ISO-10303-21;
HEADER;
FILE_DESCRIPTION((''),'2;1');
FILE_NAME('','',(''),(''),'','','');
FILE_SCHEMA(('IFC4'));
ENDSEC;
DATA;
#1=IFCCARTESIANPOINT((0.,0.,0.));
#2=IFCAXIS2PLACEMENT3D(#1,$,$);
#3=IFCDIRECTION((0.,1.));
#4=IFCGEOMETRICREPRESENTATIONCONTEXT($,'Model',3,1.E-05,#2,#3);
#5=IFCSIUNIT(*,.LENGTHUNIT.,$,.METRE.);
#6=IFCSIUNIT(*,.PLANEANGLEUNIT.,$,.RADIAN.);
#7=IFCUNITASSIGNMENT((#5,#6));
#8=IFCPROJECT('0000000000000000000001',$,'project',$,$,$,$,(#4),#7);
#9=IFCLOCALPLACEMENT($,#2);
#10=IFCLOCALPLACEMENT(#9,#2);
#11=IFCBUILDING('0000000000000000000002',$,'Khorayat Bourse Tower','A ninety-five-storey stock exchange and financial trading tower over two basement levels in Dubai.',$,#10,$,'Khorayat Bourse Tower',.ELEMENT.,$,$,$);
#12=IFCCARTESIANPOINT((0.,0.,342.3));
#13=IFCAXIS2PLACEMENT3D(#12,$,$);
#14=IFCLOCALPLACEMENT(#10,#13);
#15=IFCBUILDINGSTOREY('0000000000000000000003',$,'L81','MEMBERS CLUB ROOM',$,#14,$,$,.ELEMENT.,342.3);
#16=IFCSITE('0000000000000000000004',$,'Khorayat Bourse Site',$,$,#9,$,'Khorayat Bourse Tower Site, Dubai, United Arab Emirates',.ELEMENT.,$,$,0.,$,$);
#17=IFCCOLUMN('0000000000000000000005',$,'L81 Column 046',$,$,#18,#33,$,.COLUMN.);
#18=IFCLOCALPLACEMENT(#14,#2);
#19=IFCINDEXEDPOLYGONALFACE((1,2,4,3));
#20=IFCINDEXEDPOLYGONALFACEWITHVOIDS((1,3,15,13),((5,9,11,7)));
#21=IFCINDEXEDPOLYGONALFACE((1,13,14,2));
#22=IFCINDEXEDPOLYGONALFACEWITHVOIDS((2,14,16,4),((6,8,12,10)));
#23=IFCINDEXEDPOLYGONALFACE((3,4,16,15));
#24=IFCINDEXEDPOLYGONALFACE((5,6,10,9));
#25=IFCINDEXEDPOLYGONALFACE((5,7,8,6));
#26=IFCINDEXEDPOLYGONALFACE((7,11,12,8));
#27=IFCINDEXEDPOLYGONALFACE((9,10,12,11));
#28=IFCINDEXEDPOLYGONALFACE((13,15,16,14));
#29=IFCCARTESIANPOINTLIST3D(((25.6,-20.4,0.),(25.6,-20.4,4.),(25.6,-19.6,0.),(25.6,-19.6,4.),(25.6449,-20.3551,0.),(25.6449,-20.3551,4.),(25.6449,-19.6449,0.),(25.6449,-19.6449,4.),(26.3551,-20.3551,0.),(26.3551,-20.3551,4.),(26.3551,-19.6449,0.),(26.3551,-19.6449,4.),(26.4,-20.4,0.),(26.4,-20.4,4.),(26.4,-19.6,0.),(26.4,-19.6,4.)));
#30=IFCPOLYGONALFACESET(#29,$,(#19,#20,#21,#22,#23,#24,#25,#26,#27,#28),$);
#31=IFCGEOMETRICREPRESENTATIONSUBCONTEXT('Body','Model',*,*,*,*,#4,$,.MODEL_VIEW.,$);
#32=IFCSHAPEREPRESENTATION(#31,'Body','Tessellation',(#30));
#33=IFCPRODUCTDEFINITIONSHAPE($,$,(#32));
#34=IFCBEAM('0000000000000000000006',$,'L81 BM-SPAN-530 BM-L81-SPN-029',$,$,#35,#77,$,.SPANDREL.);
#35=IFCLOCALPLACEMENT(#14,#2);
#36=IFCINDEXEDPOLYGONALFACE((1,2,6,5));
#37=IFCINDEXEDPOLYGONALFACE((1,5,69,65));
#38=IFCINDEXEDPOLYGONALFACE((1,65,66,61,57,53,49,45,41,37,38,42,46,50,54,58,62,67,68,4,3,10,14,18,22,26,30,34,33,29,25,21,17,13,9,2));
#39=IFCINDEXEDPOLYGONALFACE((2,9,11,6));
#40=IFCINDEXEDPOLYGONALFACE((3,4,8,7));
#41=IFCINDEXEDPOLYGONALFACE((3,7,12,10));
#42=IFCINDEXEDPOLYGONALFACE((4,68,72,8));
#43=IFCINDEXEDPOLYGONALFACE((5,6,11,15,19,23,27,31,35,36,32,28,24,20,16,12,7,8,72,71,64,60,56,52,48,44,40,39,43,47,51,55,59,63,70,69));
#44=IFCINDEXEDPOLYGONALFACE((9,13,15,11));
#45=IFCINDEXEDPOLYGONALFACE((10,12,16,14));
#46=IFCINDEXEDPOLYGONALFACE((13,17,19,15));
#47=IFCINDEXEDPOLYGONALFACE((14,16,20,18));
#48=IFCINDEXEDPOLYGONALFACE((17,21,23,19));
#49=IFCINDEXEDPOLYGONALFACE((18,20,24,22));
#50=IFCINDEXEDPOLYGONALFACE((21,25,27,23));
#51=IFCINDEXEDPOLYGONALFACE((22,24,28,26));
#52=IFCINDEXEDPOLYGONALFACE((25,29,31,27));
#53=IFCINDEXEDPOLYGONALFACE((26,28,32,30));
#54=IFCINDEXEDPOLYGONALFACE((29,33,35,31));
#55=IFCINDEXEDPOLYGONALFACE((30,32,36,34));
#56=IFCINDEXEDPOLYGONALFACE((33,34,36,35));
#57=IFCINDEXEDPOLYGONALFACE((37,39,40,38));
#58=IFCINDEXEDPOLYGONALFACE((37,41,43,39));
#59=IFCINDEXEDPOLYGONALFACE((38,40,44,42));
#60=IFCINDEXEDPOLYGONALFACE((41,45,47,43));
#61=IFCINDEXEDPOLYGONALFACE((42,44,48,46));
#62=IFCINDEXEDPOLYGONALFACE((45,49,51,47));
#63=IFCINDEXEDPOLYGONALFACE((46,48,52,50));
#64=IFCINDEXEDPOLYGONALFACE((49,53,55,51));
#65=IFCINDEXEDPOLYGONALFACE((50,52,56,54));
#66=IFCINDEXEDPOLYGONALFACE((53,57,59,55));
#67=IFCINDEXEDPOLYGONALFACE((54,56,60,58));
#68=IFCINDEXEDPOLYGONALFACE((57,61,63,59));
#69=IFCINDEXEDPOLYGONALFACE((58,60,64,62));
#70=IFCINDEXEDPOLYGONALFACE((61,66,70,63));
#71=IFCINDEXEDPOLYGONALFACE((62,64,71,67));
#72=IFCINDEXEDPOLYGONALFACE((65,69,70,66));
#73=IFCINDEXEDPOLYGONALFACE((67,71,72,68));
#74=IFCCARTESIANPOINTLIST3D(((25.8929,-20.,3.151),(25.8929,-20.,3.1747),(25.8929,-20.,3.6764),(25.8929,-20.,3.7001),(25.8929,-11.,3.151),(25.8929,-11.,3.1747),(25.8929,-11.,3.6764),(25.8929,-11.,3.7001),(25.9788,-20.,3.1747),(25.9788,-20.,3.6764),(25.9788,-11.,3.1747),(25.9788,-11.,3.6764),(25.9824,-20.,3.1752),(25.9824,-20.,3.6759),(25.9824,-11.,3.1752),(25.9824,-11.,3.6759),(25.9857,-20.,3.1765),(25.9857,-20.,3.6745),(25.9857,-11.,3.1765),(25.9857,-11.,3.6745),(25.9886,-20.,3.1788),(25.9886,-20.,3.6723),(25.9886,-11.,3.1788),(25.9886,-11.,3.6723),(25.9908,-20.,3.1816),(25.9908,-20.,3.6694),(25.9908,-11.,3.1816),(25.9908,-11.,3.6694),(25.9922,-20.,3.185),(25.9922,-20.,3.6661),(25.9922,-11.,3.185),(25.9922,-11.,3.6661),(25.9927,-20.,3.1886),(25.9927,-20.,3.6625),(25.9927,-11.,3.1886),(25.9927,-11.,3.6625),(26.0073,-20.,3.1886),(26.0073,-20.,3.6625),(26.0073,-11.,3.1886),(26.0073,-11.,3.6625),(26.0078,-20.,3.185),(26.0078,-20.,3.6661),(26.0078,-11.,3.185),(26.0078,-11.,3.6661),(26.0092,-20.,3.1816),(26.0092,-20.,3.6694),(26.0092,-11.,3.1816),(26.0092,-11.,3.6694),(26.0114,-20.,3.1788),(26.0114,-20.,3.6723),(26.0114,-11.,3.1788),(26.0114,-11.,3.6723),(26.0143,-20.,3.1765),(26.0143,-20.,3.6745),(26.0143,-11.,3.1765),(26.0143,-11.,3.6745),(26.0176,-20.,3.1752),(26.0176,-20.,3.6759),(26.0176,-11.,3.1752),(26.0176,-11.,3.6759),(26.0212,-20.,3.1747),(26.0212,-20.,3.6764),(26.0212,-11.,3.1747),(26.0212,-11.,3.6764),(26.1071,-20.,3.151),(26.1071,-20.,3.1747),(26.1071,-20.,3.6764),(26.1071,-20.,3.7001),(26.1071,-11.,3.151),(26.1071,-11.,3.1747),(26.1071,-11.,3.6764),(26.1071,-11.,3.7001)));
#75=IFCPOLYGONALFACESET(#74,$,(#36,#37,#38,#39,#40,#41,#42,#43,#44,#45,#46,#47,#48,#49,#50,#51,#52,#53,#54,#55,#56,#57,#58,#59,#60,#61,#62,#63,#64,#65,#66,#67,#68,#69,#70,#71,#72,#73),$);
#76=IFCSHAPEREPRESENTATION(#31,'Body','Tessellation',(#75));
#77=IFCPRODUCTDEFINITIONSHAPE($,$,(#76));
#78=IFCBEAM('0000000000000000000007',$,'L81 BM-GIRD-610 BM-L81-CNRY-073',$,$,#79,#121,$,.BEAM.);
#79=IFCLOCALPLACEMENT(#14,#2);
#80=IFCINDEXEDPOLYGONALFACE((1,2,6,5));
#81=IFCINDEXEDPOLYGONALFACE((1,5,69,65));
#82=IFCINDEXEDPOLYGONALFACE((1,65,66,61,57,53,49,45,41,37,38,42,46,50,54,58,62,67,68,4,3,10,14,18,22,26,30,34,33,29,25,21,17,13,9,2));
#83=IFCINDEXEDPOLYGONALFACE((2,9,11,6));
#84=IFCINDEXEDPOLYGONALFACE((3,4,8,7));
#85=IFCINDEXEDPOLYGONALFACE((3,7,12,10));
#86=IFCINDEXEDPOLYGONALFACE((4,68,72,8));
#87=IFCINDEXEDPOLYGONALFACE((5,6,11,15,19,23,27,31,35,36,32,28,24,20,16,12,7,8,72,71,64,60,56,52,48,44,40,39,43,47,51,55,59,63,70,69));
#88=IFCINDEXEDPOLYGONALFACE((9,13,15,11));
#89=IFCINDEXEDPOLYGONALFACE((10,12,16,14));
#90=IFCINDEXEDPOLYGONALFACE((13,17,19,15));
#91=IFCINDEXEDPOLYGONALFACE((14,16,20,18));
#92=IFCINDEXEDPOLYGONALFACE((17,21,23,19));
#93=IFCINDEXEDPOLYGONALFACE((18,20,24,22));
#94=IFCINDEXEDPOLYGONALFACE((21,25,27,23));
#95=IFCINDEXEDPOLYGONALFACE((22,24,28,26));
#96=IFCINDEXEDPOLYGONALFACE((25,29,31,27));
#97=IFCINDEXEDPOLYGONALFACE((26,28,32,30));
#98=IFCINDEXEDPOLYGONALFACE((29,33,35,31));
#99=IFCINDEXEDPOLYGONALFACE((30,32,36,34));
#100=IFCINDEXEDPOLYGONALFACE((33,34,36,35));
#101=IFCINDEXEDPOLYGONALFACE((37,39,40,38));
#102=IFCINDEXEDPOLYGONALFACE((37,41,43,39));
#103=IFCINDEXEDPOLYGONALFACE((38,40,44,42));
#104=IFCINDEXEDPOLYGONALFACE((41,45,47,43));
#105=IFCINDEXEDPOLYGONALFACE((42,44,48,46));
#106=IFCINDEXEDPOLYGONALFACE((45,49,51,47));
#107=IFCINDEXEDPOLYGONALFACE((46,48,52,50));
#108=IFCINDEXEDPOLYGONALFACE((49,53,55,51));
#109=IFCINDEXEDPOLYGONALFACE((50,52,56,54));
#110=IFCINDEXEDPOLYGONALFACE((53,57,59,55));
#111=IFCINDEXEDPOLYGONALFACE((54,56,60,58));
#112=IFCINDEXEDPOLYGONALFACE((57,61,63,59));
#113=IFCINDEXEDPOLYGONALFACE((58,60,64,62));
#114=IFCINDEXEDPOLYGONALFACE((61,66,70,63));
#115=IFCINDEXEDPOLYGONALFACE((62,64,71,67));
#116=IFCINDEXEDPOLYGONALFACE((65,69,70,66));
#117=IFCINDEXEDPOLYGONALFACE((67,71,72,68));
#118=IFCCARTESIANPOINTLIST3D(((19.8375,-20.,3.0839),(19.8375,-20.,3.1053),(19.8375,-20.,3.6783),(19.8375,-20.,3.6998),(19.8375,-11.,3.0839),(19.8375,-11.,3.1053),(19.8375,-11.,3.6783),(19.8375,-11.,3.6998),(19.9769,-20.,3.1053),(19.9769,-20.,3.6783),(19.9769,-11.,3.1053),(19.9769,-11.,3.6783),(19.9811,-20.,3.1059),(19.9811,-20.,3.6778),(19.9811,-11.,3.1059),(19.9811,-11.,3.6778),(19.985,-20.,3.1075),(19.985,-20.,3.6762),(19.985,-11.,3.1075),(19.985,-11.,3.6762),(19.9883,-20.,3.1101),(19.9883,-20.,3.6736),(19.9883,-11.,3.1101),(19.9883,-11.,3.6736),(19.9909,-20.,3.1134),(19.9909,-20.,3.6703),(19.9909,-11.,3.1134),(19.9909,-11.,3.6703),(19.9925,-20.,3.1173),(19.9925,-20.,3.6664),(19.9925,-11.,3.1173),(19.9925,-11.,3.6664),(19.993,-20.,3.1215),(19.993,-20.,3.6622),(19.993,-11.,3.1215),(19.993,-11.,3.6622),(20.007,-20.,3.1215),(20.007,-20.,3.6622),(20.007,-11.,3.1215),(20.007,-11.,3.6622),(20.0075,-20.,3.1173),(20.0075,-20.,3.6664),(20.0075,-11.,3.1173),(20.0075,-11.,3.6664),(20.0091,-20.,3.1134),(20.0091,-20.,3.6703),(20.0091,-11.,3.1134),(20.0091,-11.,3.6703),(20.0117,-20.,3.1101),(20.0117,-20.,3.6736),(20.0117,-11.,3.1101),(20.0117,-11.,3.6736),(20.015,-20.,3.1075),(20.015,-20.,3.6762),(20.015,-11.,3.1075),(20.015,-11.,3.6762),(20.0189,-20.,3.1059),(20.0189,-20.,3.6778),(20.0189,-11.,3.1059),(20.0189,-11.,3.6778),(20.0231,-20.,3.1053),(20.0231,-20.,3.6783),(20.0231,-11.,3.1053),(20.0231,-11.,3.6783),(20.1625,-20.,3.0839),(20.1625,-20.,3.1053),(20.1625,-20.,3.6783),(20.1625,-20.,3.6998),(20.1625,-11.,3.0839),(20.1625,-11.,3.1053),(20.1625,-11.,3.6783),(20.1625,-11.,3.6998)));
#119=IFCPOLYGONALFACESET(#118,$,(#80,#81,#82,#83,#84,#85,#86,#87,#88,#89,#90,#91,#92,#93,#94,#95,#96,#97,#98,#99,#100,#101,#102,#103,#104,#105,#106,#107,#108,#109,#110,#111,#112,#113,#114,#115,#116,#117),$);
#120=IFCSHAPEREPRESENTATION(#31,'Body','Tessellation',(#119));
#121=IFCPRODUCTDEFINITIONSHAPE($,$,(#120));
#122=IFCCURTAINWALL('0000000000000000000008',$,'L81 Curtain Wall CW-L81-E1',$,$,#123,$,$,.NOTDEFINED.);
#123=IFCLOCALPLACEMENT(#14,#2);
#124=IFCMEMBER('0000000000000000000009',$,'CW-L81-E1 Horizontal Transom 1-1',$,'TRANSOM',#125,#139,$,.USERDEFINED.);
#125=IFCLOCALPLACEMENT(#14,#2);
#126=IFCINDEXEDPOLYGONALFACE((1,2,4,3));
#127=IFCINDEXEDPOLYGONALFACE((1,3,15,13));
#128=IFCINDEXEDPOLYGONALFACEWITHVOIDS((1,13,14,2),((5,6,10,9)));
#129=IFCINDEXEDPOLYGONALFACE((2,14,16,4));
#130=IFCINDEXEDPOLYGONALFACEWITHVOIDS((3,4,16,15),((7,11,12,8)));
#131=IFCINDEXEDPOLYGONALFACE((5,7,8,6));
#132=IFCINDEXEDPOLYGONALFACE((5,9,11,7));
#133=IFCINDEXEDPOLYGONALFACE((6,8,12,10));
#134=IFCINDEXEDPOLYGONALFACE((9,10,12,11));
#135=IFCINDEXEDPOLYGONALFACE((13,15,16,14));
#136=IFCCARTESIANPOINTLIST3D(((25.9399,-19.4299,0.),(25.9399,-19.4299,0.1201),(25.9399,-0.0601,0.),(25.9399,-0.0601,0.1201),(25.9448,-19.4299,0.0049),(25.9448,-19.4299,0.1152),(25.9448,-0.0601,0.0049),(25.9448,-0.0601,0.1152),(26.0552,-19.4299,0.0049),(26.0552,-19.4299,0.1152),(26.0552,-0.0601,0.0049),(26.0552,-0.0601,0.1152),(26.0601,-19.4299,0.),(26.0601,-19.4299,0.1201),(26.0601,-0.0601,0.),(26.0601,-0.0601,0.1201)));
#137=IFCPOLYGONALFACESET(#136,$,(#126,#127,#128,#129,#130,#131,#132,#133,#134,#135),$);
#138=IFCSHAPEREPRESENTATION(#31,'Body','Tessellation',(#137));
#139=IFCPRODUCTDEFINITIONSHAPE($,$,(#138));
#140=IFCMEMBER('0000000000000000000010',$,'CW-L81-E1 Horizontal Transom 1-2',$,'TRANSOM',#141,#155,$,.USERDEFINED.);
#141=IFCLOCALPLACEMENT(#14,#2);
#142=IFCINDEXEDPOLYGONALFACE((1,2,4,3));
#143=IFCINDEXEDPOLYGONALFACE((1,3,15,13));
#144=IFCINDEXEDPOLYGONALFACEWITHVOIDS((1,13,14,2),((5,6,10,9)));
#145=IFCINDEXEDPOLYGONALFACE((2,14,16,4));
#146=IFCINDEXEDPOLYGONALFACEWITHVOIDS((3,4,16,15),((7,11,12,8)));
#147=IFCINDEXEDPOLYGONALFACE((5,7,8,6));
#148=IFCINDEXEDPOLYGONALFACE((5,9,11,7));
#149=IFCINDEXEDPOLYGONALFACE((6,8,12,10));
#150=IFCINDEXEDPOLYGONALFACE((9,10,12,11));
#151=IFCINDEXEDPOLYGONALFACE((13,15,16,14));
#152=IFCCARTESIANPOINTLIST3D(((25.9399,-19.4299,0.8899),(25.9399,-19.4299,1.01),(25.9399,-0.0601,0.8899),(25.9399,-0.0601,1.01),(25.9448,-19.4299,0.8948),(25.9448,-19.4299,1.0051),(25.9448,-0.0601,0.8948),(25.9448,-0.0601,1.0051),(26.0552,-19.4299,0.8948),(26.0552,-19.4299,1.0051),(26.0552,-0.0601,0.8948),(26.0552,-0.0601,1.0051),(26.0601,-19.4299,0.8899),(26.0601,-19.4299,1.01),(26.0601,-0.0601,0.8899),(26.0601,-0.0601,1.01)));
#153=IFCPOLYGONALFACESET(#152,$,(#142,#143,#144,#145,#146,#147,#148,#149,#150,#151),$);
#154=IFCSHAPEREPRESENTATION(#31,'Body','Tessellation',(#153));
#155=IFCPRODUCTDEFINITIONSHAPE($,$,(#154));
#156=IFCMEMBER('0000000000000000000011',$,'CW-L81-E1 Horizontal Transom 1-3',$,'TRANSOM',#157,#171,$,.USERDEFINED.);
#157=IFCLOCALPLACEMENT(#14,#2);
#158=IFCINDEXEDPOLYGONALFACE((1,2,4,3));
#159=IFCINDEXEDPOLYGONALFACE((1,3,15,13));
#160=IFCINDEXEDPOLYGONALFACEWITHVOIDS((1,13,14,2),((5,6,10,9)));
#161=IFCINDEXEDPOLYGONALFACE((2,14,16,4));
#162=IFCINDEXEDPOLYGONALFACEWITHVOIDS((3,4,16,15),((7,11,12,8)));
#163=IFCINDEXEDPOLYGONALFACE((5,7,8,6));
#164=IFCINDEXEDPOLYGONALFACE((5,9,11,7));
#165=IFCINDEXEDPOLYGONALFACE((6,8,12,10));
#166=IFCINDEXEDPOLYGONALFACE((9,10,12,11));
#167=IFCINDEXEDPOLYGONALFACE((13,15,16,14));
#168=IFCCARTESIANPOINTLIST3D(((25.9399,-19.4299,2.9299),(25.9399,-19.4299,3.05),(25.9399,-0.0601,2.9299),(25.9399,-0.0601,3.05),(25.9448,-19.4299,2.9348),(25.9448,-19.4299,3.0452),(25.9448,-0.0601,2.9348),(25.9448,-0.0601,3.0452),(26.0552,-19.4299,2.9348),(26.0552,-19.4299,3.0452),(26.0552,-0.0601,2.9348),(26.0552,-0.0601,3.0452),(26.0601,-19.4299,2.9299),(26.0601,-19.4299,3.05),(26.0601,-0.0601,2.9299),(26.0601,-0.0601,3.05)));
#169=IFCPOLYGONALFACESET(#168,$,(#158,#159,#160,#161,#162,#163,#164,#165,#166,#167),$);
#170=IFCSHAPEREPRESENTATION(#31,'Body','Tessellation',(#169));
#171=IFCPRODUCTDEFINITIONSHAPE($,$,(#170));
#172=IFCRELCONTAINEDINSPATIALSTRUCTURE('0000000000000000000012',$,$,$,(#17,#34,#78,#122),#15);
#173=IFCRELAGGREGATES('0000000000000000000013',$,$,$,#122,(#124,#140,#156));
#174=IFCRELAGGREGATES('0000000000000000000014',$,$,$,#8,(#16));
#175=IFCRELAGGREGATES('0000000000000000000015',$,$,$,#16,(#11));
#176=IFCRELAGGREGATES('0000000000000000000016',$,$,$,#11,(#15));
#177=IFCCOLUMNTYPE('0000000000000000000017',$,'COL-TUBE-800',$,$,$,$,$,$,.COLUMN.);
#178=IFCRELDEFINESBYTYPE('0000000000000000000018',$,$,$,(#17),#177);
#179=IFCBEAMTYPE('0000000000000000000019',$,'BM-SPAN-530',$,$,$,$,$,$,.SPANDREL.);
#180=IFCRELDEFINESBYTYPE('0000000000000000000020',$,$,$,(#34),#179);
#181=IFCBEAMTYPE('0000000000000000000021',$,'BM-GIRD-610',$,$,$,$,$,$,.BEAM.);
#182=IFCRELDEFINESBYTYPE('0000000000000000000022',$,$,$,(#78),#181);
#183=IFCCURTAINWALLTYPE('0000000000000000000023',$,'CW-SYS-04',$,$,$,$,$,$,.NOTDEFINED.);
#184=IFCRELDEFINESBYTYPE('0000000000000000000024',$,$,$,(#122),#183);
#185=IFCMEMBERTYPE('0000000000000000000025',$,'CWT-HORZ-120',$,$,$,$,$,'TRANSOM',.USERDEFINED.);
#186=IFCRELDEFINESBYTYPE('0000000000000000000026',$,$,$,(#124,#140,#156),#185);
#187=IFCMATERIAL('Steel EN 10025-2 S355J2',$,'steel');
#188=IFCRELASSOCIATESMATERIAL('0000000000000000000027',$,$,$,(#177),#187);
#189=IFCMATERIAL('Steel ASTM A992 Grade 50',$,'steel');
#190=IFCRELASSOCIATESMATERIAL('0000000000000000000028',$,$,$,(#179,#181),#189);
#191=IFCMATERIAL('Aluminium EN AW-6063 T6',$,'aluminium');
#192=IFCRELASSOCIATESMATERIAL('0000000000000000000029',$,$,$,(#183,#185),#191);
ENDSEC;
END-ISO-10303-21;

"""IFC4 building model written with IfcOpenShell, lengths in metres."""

from ifc_helpers import new_model, si_unit, direction, frame, origin, origin_2d, place, context, subcontext, project, spatial, hollow_rectangle, i_section, extrude, source, transform, mapped, material, material_profile, profile_set, type_object, element, aggregate, save


model = new_model("IFC4")

# Units and contexts
model_context = context("Model", 3, precision=1e-05, world=origin(), true_north=direction((0.0, 1.0)))
body_context = subcontext(model_context, "Body", "Model", "MODEL_VIEW")
ifc_project = project(units=[si_unit("LENGTHUNIT", "METRE"), si_unit("PLANEANGLEUNIT", "RADIAN")], contexts=[model_context])

# Site, building, storey
site_placement = place(None, origin())
site = spatial("IfcSite", under=ifc_project, at=site_placement, Name="Khorayat Bourse Site", LongName="Khorayat Bourse Tower Site, Dubai, United Arab Emirates", CompositionType="ELEMENT", RefElevation=0.0)
building_placement = place(site_placement, origin())
building = spatial("IfcBuilding", under=site, at=building_placement, Name="Khorayat Bourse Tower", Description="A ninety-five-storey stock exchange and financial trading tower over two basement levels in Dubai.", LongName="Khorayat Bourse Tower", CompositionType="ELEMENT")
storey_placement = place(building_placement, frame((0.0, 0.0, 342.3)))
storey = spatial("IfcBuildingStorey", under=building, at=storey_placement, Name="L81", Description="MEMBERS CLUB ROOM", CompositionType="ELEMENT", Elevation=342.3)

# Column
ifc_material_1 = material(Name="Steel EN 10025-2 S355J2", Category="steel")
ifc_material_profile_1 = material_profile(ifc_material_1, hollow_rectangle(XDim=0.8, YDim=0.8, WallThickness=0.0449, at=origin_2d()), Name="BOX 800x800x45")
ifc_profile_set_1 = profile_set([ifc_material_profile_1], Name="Steel EN 10025-2 S355J2")
column_type = type_object("IfcColumnType", Name="COL-TUBE-800", PredefinedType="COLUMN", material=ifc_profile_set_1)
shared_shape_1 = source(origin(), body_context, "Body", "SweptSolid", [
    extrude(hollow_rectangle(XDim=0.8, YDim=0.8, WallThickness=0.0449, at=origin_2d()), origin(), (0.0, 0.0, 1.0), 4.0),
])
column_placement = place(storey_placement, frame((26.0, -20.0, 0.0), z_axis=(0.0, 0.0, 1.0), x_axis=(1.0, 0.0, 0.0)))
element("IfcColumn", 1, at=column_placement, inside=storey, type_object=column_type, Name="L81 Column 046", PredefinedType="COLUMN", context=body_context, shape_type="MappedRepresentation", body=[
    mapped(shared_shape_1, transform((0.0, 0.0, 0.0), scale=1.0)),
])

# Beams
ifc_material_2 = material(Name="Steel ASTM A992 Grade 50", Category="steel")
ifc_material_profile_2 = material_profile(ifc_material_2, i_section(OverallWidth=0.2141, OverallDepth=0.5491, WebThickness=0.0146, FlangeThickness=0.0237, FilletRadius=0.0139, at=origin_2d()), Name="W530X138")
ifc_profile_set_2 = profile_set([ifc_material_profile_2], Name="Steel ASTM A992 Grade 50")
beam_type_1 = type_object("IfcBeamType", Name="BM-SPAN-530", PredefinedType="SPANDREL", material=ifc_profile_set_2)
shared_shape_2 = source(origin(), body_context, "Body", "SweptSolid", [
    extrude(i_section(OverallWidth=0.2141, OverallDepth=0.5491, WebThickness=0.0146, FlangeThickness=0.0237, FilletRadius=0.0139, at=origin_2d()), origin(), (0.0, 0.0, 1.0), 9.0),
])
beam_1_placement = place(storey_placement, frame((26.0, -20.0, 3.4255), z_axis=(0.0, 1.0, 0.0), x_axis=(-1.0, 0.0, 0.0)))
element("IfcBeam", 2, at=beam_1_placement, inside=storey, type_object=beam_type_1, Name="L81 BM-SPAN-530 BM-L81-SPN-029", PredefinedType="SPANDREL", context=body_context, shape_type="MappedRepresentation", body=[
    mapped(shared_shape_2, transform((0.0, 0.0, 0.0), scale=1.0)),
])
ifc_material_profile_3 = material_profile(ifc_material_2, i_section(OverallWidth=0.325, OverallDepth=0.616, WebThickness=0.0139, FlangeThickness=0.0215, FilletRadius=0.0161, at=origin_2d()), Name="W610X174")
ifc_profile_set_3 = profile_set([ifc_material_profile_3], Name="Steel ASTM A992 Grade 50")
beam_type_2 = type_object("IfcBeamType", Name="BM-GIRD-610", PredefinedType="BEAM", material=ifc_profile_set_3)
shared_shape_3 = source(origin(), body_context, "Body", "SweptSolid", [
    extrude(i_section(OverallWidth=0.325, OverallDepth=0.616, WebThickness=0.0139, FlangeThickness=0.0215, FilletRadius=0.0161, at=origin_2d()), origin(), (0.0, 0.0, 1.0), 9.0),
])
beam_2_placement = place(storey_placement, frame((20.0, -20.0, 3.3918), z_axis=(0.0, 1.0, 0.0), x_axis=(-1.0, 0.0, 0.0)))
element("IfcBeam", 3, at=beam_2_placement, inside=storey, type_object=beam_type_2, Name="L81 BM-GIRD-610 BM-L81-CNRY-073", PredefinedType="BEAM", context=body_context, shape_type="MappedRepresentation", body=[
    mapped(shared_shape_3, transform((0.0, 0.0, 0.0), scale=1.0)),
])

# Curtain wall, members
ifc_material_3 = material(Name="Aluminium EN AW-6063 T6", Category="aluminium")
curtain_wall_type = type_object("IfcCurtainWallType", Name="CW-SYS-04", PredefinedType="NOTDEFINED", material=ifc_material_3)
curtain_wall_placement = place(storey_placement, origin())
curtain_wall = element("IfcCurtainWall", 4, at=curtain_wall_placement, inside=storey, type_object=curtain_wall_type, Name="L81 Curtain Wall CW-L81-E1", PredefinedType="NOTDEFINED")
ifc_material_profile_4 = material_profile(ifc_material_3, hollow_rectangle(XDim=0.1201, YDim=0.1201, WallThickness=0.0049, at=origin_2d()), Name="ALU 120x120x5")
ifc_profile_set_4 = profile_set([ifc_material_profile_4], Name="Aluminium EN AW-6063 T6")
member_type_1 = type_object("IfcMemberType", Name="CWT-HORZ-120", ElementType="TRANSOM", PredefinedType="USERDEFINED", material=ifc_profile_set_4)
shared_shape_4 = source(origin(), body_context, "Body", "SweptSolid", [
    extrude(hollow_rectangle(XDim=0.1201, YDim=0.1201, WallThickness=0.0049, at=origin_2d()), origin(), (0.0, 0.0, 1.0), 19.3699),
])
member_1_placement = place(storey_placement, frame((26.0, -19.4299, 0.0601), z_axis=(0.0, 1.0, 0.0), x_axis=(-1.0, 0.0, 0.0)))
member_1 = element("IfcMember", 5, at=member_1_placement, type_object=member_type_1, Name="CW-L81-E1 Horizontal Transom 1-1", ObjectType="TRANSOM", PredefinedType="USERDEFINED", context=body_context, shape_type="MappedRepresentation", body=[
    mapped(shared_shape_4, transform((0.0, 0.0, 0.0), scale=1.0)),
])
member_2_placement = place(storey_placement, frame((26.0, -19.4299, 0.95), z_axis=(0.0, 1.0, 0.0), x_axis=(-1.0, 0.0, 0.0)))
member_2 = element("IfcMember", 6, at=member_2_placement, type_object=member_type_1, Name="CW-L81-E1 Horizontal Transom 1-2", ObjectType="TRANSOM", PredefinedType="USERDEFINED", context=body_context, shape_type="MappedRepresentation", body=[
    mapped(shared_shape_4, transform((0.0, 0.0, 0.0), scale=1.0)),
])
member_3_placement = place(storey_placement, frame((26.0, -19.4299, 2.99), z_axis=(0.0, 1.0, 0.0), x_axis=(-1.0, 0.0, 0.0)))
member_3 = element("IfcMember", 7, at=member_3_placement, type_object=member_type_1, Name="CW-L81-E1 Horizontal Transom 1-3", ObjectType="TRANSOM", PredefinedType="USERDEFINED", context=body_context, shape_type="MappedRepresentation", body=[
    mapped(shared_shape_4, transform((0.0, 0.0, 0.0), scale=1.0)),
])
aggregate(curtain_wall, [member_1, member_2, member_3])

save(model, "model.ifc")
